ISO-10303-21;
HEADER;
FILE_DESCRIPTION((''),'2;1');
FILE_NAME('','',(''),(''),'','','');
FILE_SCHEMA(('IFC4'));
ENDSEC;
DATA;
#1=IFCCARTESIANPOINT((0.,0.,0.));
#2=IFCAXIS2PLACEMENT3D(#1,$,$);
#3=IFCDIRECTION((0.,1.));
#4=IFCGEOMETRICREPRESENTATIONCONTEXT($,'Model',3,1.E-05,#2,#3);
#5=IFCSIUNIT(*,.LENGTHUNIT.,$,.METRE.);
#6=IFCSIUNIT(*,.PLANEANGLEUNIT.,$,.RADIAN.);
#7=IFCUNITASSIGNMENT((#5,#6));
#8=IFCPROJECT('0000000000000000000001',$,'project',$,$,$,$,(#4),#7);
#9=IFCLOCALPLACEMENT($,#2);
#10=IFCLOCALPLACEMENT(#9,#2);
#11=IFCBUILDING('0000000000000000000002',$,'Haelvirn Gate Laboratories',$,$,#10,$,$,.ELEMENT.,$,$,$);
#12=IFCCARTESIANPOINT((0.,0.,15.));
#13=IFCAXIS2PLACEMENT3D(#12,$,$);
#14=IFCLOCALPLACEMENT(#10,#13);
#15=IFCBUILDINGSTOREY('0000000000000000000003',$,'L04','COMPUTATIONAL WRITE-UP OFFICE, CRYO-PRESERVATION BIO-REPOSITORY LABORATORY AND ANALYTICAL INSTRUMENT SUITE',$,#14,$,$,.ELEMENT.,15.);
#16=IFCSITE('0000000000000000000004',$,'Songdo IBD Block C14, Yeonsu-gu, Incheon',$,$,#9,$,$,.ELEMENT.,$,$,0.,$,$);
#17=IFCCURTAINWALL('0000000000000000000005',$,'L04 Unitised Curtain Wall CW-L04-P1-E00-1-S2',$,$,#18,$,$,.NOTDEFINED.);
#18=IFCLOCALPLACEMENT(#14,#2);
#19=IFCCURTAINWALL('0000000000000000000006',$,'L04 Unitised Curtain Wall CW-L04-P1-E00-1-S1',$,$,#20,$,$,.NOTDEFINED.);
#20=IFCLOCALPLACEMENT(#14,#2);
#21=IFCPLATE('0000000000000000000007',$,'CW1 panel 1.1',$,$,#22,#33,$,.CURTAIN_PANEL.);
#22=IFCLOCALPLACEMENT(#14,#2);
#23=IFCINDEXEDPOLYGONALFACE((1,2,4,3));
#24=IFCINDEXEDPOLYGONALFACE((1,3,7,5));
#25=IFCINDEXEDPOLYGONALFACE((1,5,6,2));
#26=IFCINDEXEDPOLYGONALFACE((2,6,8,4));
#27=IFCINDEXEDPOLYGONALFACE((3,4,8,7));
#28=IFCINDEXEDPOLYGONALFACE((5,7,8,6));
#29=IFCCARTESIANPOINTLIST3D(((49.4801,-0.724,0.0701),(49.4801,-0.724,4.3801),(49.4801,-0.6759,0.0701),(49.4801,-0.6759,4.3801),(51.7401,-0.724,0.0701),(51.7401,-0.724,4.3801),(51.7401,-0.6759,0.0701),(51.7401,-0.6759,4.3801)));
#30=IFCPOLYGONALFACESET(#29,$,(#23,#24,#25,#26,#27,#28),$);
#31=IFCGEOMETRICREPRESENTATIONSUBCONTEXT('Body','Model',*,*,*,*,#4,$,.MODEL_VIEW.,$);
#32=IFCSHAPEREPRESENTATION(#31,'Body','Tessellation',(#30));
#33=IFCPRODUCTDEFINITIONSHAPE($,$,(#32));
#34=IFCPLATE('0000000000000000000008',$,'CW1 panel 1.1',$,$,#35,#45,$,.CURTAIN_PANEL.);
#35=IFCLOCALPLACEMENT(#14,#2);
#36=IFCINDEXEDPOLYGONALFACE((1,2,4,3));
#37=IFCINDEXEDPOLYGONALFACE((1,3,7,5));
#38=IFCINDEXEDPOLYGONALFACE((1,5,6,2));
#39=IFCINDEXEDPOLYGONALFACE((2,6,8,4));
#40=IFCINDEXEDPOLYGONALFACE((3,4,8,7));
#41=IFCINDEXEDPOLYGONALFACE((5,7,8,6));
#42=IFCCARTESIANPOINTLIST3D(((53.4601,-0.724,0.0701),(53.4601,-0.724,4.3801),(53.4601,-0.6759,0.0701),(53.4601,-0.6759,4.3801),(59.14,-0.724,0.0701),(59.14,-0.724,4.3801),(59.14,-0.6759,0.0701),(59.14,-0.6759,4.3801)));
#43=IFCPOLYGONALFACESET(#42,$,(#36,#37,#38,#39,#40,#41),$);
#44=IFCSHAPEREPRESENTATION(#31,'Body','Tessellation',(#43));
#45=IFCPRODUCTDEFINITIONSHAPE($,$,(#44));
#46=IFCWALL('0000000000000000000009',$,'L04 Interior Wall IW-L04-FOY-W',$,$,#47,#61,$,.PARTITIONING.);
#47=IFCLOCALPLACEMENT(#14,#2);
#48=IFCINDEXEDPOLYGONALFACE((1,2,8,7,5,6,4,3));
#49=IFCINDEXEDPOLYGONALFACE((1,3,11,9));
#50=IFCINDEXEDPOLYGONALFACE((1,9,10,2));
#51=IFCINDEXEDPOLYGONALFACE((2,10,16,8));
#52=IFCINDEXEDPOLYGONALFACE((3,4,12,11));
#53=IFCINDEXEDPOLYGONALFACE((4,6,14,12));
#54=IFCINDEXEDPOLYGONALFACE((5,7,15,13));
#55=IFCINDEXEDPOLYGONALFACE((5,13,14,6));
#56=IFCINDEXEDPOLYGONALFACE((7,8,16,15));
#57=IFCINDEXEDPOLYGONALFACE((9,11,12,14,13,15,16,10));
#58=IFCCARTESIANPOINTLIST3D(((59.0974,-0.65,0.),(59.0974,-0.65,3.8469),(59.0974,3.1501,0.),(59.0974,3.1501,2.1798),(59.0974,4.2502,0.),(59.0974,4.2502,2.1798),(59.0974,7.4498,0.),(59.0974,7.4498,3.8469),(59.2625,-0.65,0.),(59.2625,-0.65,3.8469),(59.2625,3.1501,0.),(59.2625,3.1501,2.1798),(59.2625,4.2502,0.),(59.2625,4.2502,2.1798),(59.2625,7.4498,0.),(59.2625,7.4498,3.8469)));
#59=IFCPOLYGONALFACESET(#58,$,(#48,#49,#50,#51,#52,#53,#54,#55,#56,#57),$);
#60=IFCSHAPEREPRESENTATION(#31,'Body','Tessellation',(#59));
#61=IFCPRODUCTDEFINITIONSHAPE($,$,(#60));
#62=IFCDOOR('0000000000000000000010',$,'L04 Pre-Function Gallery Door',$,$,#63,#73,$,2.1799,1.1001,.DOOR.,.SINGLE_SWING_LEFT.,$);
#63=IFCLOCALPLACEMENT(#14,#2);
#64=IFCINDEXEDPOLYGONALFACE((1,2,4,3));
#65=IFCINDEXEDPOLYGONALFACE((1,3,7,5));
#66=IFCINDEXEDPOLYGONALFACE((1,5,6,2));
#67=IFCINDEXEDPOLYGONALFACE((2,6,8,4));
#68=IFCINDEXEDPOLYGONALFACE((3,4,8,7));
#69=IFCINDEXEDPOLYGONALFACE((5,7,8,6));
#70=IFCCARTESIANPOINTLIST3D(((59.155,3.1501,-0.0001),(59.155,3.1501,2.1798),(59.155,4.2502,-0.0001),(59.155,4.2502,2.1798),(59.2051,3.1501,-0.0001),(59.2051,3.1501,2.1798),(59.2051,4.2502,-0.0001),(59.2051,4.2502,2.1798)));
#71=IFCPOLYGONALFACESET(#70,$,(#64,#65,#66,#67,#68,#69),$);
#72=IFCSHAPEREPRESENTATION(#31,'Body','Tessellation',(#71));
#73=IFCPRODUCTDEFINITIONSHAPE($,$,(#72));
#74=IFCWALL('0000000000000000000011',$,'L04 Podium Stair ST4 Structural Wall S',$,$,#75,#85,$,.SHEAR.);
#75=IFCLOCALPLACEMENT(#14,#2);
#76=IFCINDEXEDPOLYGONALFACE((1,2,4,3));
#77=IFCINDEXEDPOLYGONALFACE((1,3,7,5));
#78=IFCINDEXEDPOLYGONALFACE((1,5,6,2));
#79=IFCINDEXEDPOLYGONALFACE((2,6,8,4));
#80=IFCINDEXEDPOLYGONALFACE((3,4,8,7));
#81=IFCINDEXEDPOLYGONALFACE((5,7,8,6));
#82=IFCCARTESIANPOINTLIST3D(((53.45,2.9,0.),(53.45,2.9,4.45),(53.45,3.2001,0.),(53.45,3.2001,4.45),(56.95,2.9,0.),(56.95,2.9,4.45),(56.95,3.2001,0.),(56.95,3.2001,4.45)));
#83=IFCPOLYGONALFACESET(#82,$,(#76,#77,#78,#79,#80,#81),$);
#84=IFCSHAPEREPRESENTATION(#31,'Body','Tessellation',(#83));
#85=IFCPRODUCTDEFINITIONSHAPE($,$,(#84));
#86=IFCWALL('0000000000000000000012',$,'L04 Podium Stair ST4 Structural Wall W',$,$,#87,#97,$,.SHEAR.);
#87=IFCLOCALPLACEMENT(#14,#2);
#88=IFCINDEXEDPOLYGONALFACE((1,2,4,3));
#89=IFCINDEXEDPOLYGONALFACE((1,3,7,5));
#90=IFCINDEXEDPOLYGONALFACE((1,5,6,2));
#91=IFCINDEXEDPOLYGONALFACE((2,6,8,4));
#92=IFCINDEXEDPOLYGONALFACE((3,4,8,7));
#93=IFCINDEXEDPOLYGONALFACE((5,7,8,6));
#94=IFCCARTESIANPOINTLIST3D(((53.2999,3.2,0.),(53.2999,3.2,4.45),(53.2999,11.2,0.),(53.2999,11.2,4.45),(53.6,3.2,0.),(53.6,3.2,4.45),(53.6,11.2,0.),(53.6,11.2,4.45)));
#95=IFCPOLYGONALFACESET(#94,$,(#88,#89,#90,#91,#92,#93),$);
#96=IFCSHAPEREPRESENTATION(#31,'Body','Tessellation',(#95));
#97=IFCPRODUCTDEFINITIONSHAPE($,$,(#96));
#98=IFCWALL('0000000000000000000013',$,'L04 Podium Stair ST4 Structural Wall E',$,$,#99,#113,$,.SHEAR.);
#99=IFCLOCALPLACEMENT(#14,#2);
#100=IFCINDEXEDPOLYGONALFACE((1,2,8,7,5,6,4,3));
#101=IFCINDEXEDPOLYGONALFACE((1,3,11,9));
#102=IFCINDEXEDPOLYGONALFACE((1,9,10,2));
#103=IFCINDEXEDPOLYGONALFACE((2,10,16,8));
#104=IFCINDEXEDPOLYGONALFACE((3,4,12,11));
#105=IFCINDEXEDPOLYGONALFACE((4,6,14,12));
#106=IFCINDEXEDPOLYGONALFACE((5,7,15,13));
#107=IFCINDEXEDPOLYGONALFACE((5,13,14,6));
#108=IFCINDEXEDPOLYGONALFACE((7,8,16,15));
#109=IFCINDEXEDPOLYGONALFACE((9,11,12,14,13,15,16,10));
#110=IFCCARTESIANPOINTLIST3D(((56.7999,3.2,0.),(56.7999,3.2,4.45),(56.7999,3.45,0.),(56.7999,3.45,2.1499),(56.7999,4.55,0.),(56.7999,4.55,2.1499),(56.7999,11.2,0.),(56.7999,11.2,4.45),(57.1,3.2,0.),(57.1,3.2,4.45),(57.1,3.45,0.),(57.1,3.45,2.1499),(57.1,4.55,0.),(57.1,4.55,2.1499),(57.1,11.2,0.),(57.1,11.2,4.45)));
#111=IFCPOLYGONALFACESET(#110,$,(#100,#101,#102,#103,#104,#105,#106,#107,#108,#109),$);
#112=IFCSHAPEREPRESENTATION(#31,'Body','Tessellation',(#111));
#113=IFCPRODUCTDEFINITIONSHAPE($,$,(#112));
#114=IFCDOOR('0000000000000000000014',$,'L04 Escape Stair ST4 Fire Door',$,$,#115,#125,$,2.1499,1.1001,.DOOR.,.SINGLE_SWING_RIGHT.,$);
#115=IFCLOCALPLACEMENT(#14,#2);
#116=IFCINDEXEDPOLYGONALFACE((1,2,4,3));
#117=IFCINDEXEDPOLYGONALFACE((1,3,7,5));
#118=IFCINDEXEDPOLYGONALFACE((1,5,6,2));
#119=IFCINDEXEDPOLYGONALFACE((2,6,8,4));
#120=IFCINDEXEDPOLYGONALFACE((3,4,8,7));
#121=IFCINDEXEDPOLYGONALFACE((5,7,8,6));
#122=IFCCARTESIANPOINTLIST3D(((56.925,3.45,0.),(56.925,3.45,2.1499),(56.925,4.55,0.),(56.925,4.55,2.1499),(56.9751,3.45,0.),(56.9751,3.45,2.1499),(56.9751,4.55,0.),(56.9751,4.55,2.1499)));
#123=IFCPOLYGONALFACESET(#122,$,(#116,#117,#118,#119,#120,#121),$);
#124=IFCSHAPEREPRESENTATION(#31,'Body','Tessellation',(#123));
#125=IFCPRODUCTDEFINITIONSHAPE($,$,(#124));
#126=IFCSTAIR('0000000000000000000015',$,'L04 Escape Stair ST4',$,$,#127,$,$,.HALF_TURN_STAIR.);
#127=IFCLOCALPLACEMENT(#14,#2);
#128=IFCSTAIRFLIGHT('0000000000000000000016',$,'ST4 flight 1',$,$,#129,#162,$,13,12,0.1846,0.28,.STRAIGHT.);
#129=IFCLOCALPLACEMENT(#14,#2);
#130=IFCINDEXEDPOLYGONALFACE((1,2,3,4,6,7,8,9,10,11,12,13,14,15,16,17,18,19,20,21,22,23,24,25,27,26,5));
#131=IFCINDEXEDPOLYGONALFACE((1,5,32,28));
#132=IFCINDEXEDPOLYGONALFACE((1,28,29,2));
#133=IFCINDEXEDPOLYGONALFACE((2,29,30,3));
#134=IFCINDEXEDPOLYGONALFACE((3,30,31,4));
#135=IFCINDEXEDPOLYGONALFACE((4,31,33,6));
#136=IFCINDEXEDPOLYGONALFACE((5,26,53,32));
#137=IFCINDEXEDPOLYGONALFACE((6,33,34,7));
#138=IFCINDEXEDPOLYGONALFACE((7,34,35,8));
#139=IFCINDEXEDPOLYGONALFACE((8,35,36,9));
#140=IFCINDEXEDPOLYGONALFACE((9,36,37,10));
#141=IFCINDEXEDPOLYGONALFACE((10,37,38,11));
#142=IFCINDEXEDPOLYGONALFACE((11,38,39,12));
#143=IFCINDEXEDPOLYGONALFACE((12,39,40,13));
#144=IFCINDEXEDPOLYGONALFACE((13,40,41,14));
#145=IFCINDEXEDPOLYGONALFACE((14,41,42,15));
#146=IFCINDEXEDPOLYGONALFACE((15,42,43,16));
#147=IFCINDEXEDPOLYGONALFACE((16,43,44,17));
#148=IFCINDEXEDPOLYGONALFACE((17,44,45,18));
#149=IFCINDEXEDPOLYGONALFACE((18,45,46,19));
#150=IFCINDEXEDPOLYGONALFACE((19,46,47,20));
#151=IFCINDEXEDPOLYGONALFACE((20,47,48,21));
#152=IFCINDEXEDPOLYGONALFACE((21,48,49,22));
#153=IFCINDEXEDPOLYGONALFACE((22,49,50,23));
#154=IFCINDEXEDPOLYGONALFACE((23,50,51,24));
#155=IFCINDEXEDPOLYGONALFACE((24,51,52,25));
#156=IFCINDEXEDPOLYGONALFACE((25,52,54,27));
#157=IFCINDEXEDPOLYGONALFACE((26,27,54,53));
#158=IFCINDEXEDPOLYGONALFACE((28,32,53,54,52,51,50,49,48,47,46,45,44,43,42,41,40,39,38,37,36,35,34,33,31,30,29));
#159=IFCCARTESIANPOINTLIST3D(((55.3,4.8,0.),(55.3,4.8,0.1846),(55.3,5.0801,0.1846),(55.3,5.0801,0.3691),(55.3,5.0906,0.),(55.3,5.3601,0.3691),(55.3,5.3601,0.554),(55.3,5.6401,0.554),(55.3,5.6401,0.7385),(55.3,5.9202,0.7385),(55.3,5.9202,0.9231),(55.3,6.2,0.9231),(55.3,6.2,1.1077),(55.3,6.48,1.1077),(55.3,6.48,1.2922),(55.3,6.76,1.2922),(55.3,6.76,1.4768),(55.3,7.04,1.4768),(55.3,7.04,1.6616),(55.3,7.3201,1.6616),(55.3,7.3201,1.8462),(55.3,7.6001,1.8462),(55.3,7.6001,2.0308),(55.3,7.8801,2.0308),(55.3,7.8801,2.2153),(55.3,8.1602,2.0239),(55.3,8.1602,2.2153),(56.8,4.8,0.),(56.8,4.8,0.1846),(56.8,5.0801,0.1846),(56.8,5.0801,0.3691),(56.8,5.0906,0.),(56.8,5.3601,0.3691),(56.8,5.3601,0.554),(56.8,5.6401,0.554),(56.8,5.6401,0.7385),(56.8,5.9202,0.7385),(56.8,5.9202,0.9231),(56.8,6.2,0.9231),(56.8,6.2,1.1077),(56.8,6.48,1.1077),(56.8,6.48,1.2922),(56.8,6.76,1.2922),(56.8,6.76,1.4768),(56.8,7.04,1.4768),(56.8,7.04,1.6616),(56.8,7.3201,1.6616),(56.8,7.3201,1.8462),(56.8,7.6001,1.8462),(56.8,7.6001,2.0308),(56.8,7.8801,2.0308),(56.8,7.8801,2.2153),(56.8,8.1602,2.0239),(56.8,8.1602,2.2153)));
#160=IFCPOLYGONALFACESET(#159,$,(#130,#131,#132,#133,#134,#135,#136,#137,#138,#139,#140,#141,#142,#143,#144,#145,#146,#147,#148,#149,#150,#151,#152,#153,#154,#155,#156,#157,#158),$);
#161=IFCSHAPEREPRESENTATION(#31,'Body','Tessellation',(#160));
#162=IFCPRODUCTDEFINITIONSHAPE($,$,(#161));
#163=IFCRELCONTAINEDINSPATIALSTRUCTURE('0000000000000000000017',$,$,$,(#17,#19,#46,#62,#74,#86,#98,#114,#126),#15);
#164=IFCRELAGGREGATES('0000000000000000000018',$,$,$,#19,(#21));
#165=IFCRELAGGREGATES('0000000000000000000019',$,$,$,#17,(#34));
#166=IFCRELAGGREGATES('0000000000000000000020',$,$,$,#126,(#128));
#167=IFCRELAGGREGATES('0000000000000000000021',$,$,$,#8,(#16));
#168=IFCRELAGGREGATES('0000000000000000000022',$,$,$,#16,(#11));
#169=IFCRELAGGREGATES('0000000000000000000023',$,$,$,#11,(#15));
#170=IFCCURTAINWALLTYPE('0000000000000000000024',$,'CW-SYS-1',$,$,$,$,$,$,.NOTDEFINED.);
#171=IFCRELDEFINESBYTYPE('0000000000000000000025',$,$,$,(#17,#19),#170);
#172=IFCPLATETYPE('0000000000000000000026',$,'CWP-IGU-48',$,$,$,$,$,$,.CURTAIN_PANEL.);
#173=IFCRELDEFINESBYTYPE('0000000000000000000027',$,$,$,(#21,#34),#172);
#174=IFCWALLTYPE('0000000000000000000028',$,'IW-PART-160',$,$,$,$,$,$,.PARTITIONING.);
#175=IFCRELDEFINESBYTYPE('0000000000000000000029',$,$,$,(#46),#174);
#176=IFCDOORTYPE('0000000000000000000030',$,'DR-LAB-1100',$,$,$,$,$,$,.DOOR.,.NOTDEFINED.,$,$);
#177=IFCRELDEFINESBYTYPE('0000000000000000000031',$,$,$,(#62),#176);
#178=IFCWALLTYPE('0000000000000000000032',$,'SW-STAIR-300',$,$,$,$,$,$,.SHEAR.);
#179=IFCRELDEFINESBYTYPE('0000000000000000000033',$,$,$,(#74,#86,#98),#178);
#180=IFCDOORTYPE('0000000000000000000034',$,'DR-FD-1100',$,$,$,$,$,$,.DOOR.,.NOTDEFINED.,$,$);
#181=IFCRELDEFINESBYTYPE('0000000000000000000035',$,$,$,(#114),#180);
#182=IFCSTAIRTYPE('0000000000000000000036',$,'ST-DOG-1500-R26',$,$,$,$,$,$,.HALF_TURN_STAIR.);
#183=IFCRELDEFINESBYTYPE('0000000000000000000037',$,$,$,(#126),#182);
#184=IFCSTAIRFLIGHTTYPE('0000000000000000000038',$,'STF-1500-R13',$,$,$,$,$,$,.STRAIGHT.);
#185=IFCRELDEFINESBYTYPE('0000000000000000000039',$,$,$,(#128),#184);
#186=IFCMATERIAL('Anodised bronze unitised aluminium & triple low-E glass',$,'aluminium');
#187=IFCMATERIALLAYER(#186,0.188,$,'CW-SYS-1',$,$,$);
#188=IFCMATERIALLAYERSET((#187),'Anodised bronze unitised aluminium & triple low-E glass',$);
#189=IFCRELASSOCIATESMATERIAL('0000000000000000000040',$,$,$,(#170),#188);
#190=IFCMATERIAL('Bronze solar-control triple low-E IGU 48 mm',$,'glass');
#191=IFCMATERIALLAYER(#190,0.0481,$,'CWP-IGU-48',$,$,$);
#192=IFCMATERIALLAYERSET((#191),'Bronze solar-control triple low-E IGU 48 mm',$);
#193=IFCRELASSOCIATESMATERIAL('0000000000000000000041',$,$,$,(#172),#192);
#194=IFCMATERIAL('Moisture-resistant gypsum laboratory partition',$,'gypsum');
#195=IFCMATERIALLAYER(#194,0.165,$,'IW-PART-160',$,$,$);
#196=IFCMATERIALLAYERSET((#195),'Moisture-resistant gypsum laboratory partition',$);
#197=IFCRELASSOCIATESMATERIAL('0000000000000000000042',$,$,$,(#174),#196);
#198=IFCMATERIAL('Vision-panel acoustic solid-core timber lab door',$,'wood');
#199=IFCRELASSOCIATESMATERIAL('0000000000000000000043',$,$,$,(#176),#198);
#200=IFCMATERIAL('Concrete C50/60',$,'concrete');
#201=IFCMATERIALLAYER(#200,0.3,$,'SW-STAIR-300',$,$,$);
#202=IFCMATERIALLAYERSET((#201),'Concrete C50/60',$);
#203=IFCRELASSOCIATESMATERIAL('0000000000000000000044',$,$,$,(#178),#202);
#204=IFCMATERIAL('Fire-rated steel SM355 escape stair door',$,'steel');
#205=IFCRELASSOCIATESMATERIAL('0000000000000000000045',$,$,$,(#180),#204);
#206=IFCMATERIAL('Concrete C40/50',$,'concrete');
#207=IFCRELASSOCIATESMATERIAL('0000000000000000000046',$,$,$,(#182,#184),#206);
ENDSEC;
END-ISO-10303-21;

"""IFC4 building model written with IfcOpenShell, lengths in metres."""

from ifc_helpers import new_model, si_unit, direction, frame, frame_2d, origin, origin_2d, place, context, subcontext, project, spatial, polyline, rectangle, outline, extrude, source, transform, mapped, material, layer, layer_set, type_object, type_shapes, element, fill, aggregate, save


model = new_model("IFC4")

# Units and contexts
model_context = context("Model", 3, precision=1e-05, world=origin(), true_north=direction((0.0, 1.0)))
body_context = subcontext(model_context, "Body", "Model", "MODEL_VIEW")
ifc_project = project(units=[si_unit("LENGTHUNIT", "METRE"), si_unit("PLANEANGLEUNIT", "RADIAN")], contexts=[model_context])

# Site, building, storey
site_placement = place(None, origin())
site = spatial("IfcSite", under=ifc_project, at=site_placement, Name="Songdo IBD Block C14, Yeonsu-gu, Incheon", CompositionType="ELEMENT", RefElevation=0.0)
building_placement = place(site_placement, origin())
building = spatial("IfcBuilding", under=site, at=building_placement, Name="Haelvirn Gate Laboratories", CompositionType="ELEMENT")
storey_placement = place(building_placement, frame((0.0, 0.0, 15.0)))
storey = spatial("IfcBuildingStorey", under=building, at=storey_placement, Name="L04", Description="COMPUTATIONAL WRITE-UP OFFICE, CRYO-PRESERVATION BIO-REPOSITORY LABORATORY AND ANALYTICAL INSTRUMENT SUITE", CompositionType="ELEMENT", Elevation=15.0)

# Curtain wall
ifc_material_1 = material(Name="Anodised bronze unitised aluminium & triple low-E glass", Category="aluminium")
ifc_layer_1 = layer(ifc_material_1, 0.188, Name="CW-SYS-1")
ifc_layer_set_1 = layer_set([ifc_layer_1], Name="Anodised bronze unitised aluminium & triple low-E glass")
curtain_wall_type = type_object("IfcCurtainWallType", Name="CW-SYS-1", PredefinedType="NOTDEFINED", material=ifc_layer_set_1)
curtain_wall_1_placement = place(storey_placement, origin())
curtain_wall_1 = element("IfcCurtainWall", 1, at=curtain_wall_1_placement, inside=storey, type_object=curtain_wall_type, Name="L04 Unitised Curtain Wall CW-L04-P1-E00-1-S2", PredefinedType="NOTDEFINED")

# Curtain wall
curtain_wall_2_placement = place(storey_placement, origin())
curtain_wall_2 = element("IfcCurtainWall", 2, at=curtain_wall_2_placement, inside=storey, type_object=curtain_wall_type, Name="L04 Unitised Curtain Wall CW-L04-P1-E00-1-S1", PredefinedType="NOTDEFINED")

# Plates
ifc_material_2 = material(Name="Bronze solar-control triple low-E IGU 48 mm", Category="glass")
ifc_layer_2 = layer(ifc_material_2, 0.0481, Name="CWP-IGU-48")
ifc_layer_set_2 = layer_set([ifc_layer_2], Name="Bronze solar-control triple low-E IGU 48 mm")
plate_type = type_object("IfcPlateType", Name="CWP-IGU-48", PredefinedType="CURTAIN_PANEL", material=ifc_layer_set_2)
shared_shape_1 = source(origin(), body_context, "Body", "SweptSolid", [
    extrude(rectangle(XDim=2.26, YDim=0.0481, at=origin_2d()), origin(), (0.0, 0.0, 1.0), 4.3101),
])
plate_1_placement = place(storey_placement, frame((50.6101, -0.7, 0.0701), z_axis=(0.0, 0.0, 1.0), x_axis=(1.0, 0.0, 0.0)))
plate_1 = element("IfcPlate", 3, at=plate_1_placement, type_object=plate_type, Name="CW1 panel 1.1", PredefinedType="CURTAIN_PANEL", context=body_context, shape_type="MappedRepresentation", body=[
    mapped(shared_shape_1, transform((0.0, 0.0, 0.0), scale=1.0)),
])
aggregate(curtain_wall_2, [plate_1])
shared_shape_2 = source(origin(), body_context, "Body", "SweptSolid", [
    extrude(rectangle(XDim=5.6799, YDim=0.0481, at=origin_2d()), origin(), (0.0, 0.0, 1.0), 4.3101),
])
type_shapes(plate_type, [shared_shape_1, shared_shape_2])
plate_2_placement = place(storey_placement, frame((56.3, -0.7, 0.0701), z_axis=(0.0, 0.0, 1.0), x_axis=(1.0, 0.0, 0.0)))
plate_2 = element("IfcPlate", 4, at=plate_2_placement, type_object=plate_type, Name="CW1 panel 1.1", PredefinedType="CURTAIN_PANEL", context=body_context, shape_type="MappedRepresentation", body=[
    mapped(shared_shape_2, transform((0.0, 0.0, 0.0), scale=1.0)),
])
aggregate(curtain_wall_1, [plate_2])

# Wall, opening, door
ifc_material_3 = material(Name="Moisture-resistant gypsum laboratory partition", Category="gypsum")
ifc_layer_3 = layer(ifc_material_3, 0.165, Name="IW-PART-160")
ifc_layer_set_3 = layer_set([ifc_layer_3], Name="Moisture-resistant gypsum laboratory partition")
wall_type_1 = type_object("IfcWallType", Name="IW-PART-160", PredefinedType="PARTITIONING", material=ifc_layer_set_3)
wall_1_placement = place(storey_placement, frame((59.1799, -0.6499, 0.0), z_axis=(0.0, 0.0, 1.0), x_axis=(0.0, 1.0, 0.0)))
wall_1 = element("IfcWall", 5, at=wall_1_placement, inside=storey, type_object=wall_type_1, Name="L04 Interior Wall IW-L04-FOY-W", PredefinedType="PARTITIONING", context=body_context, shape_type="SweptSolid", body=[
    extrude(rectangle(XDim=8.0999, YDim=0.165, at=frame_2d((4.0498, 0.0))), origin(), (0.0, 0.0, 1.0), 3.8469),
])
opening_1_placement = place(wall_1_placement, frame((3.8, 0.0, 0.0)))
opening_1 = element("IfcOpeningElement", 6, at=opening_1_placement, cuts=wall_1, PredefinedType="OPENING", context=body_context, shape_type="SweptSolid", body=[
    extrude(rectangle(XDim=1.1001, YDim=2.1799, at=frame_2d((0.55, 1.0898))), frame((0.0, 0.0925, 0.0), z_axis=(0.0, -1.0, 0.0), x_axis=(1.0, 0.0, 0.0)), (0.0, 0.0, 1.0), 0.1851),
])
ifc_material_4 = material(Name="Vision-panel acoustic solid-core timber lab door", Category="wood")
door_type_1 = type_object("IfcDoorType", Name="DR-LAB-1100", OperationType="NOTDEFINED", PredefinedType="DOOR", material=ifc_material_4)
shared_shape_3 = source(origin(), body_context, "Body", "SweptSolid", [
    extrude(rectangle(XDim=1.1001, YDim=2.1799, at=frame_2d((0.55, 1.0898))), frame((0.0, 0.0249, 0.0), z_axis=(0.0, -1.0, 0.0), x_axis=(1.0, 0.0, 0.0)), (0.0, 0.0, 1.0), 0.05),
])
type_shapes(door_type_1, [shared_shape_3])
door_1_placement = place(opening_1_placement, origin())
door_1 = element("IfcDoor", 7, at=door_1_placement, inside=storey, type_object=door_type_1, Name="L04 Pre-Function Gallery Door", OperationType="SINGLE_SWING_LEFT", OverallHeight=2.1799, OverallWidth=1.1001, PredefinedType="DOOR", context=body_context, shape_type="MappedRepresentation", body=[
    mapped(shared_shape_3, transform((0.0, 0.0, 0.0), scale=1.0)),
])
fill(opening_1, door_1)

# Walls
ifc_material_5 = material(Name="Concrete C50/60", Category="concrete")
ifc_layer_4 = layer(ifc_material_5, 0.3, Name="SW-STAIR-300")
ifc_layer_set_4 = layer_set([ifc_layer_4], Name="Concrete C50/60")
wall_type_2 = type_object("IfcWallType", Name="SW-STAIR-300", PredefinedType="SHEAR", material=ifc_layer_set_4)
wall_2_placement = place(storey_placement, frame((53.45, 3.05, 0.0), z_axis=(0.0, 0.0, 1.0), x_axis=(1.0, 0.0, 0.0)))
element("IfcWall", 8, at=wall_2_placement, inside=storey, type_object=wall_type_2, Name="L04 Podium Stair ST4 Structural Wall S", PredefinedType="SHEAR", context=body_context, shape_type="SweptSolid", body=[
    extrude(rectangle(XDim=3.5, YDim=0.3, at=frame_2d((1.75, 0.0))), origin(), (0.0, 0.0, 1.0), 4.45),
])
wall_3_placement = place(storey_placement, frame((53.45, 3.2, 0.0), z_axis=(0.0, 0.0, 1.0), x_axis=(0.0, 1.0, 0.0)))
element("IfcWall", 9, at=wall_3_placement, inside=storey, type_object=wall_type_2, Name="L04 Podium Stair ST4 Structural Wall W", PredefinedType="SHEAR", context=body_context, shape_type="SweptSolid", body=[
    extrude(rectangle(XDim=8.0, YDim=0.3, at=frame_2d((4.0, 0.0))), origin(), (0.0, 0.0, 1.0), 4.45),
])

# Wall, opening, door
wall_4_placement = place(storey_placement, frame((56.95, 3.2, 0.0), z_axis=(0.0, 0.0, 1.0), x_axis=(0.0, 1.0, 0.0)))
wall_4 = element("IfcWall", 10, at=wall_4_placement, inside=storey, type_object=wall_type_2, Name="L04 Podium Stair ST4 Structural Wall E", PredefinedType="SHEAR", context=body_context, shape_type="SweptSolid", body=[
    extrude(rectangle(XDim=8.0, YDim=0.3, at=frame_2d((4.0, 0.0))), origin(), (0.0, 0.0, 1.0), 4.45),
])
opening_2_placement = place(wall_4_placement, frame((0.25, 0.0, 0.0)))
opening_2 = element("IfcOpeningElement", 11, at=opening_2_placement, cuts=wall_4, PredefinedType="OPENING", context=body_context, shape_type="SweptSolid", body=[
    extrude(rectangle(XDim=1.1001, YDim=2.1499, at=frame_2d((0.55, 1.075))), frame((0.0, 0.1602, 0.0), z_axis=(0.0, -1.0, 0.0), x_axis=(1.0, 0.0, 0.0)), (0.0, 0.0, 1.0), 0.3201),
])
ifc_material_6 = material(Name="Fire-rated steel SM355 escape stair door", Category="steel")
door_type_2 = type_object("IfcDoorType", Name="DR-FD-1100", OperationType="NOTDEFINED", PredefinedType="DOOR", material=ifc_material_6)
shared_shape_4 = source(origin(), body_context, "Body", "SweptSolid", [
    extrude(rectangle(XDim=1.1001, YDim=2.1499, at=frame_2d((0.55, 1.075))), frame((0.0, 0.0249, 0.0), z_axis=(0.0, -1.0, 0.0), x_axis=(1.0, 0.0, 0.0)), (0.0, 0.0, 1.0), 0.05),
])
type_shapes(door_type_2, [shared_shape_4])
door_2_placement = place(opening_2_placement, origin())
door_2 = element("IfcDoor", 12, at=door_2_placement, inside=storey, type_object=door_type_2, Name="L04 Escape Stair ST4 Fire Door", OperationType="SINGLE_SWING_RIGHT", OverallHeight=2.1499, OverallWidth=1.1001, PredefinedType="DOOR", context=body_context, shape_type="MappedRepresentation", body=[
    mapped(shared_shape_4, transform((0.0, 0.0, 0.0), scale=1.0)),
])
fill(opening_2, door_2)

# Stair, stair flight
ifc_material_7 = material(Name="Concrete C40/50", Category="concrete")
stair_type = type_object("IfcStairType", Name="ST-DOG-1500-R26", PredefinedType="HALF_TURN_STAIR", material=ifc_material_7)
stair_placement = place(storey_placement, origin())
stair = element("IfcStair", 13, at=stair_placement, inside=storey, type_object=stair_type, Name="L04 Escape Stair ST4", PredefinedType="HALF_TURN_STAIR")
stair_flight_type = type_object("IfcStairFlightType", Name="STF-1500-R13", PredefinedType="STRAIGHT", material=ifc_material_7)
shared_shape_5 = source(origin(), body_context, "Body", "SweptSolid", [
    extrude(outline(polyline([(0.0, 0.0), (0.0, 0.1846), (0.28, 0.1846), (0.28, 0.3691), (0.5601, 0.3691), (0.5601, 0.554), (0.8401, 0.554), (0.8401, 0.7385), (1.1201, 0.7385), (1.1201, 0.9231), (1.3999, 0.9231), (1.3999, 1.1077), (1.6799, 1.1077), (1.6799, 1.2922), (1.96, 1.2922), (1.96, 1.4768), (2.24, 1.4768), (2.24, 1.6616), (2.52, 1.6616), (2.52, 1.8462), (2.8, 1.8462), (2.8, 2.0308), (3.0801, 2.0308), (3.0801, 2.2153), (3.3601, 2.2153), (3.3601, 2.3999), (3.3601, 2.0239), (0.2905, 0.0), (0.0, 0.0)])), frame((0.0, 0.75, 0.0), z_axis=(0.0, -1.0, 0.0), x_axis=(1.0, 0.0, 0.0)), (0.0, 0.0, 1.0), 1.5),
])
type_shapes(stair_flight_type, [shared_shape_5])
stair_flight_placement = place(storey_placement, frame((56.05, 4.8, 0.0), z_axis=(0.0, 0.0, 1.0), x_axis=(0.0, 1.0, 0.0)))
stair_flight = element("IfcStairFlight", 14, at=stair_flight_placement, type_object=stair_flight_type, Name="ST4 flight 1", NumberOfRisers=13, NumberOfTreads=12, PredefinedType="STRAIGHT", RiserHeight=0.1846, TreadLength=0.28, context=body_context, shape_type="MappedRepresentation", body=[
    mapped(shared_shape_5, transform((0.0, 0.0, 0.0), scale=1.0)),
])
aggregate(stair, [stair_flight])

save(model, "model.ifc")
